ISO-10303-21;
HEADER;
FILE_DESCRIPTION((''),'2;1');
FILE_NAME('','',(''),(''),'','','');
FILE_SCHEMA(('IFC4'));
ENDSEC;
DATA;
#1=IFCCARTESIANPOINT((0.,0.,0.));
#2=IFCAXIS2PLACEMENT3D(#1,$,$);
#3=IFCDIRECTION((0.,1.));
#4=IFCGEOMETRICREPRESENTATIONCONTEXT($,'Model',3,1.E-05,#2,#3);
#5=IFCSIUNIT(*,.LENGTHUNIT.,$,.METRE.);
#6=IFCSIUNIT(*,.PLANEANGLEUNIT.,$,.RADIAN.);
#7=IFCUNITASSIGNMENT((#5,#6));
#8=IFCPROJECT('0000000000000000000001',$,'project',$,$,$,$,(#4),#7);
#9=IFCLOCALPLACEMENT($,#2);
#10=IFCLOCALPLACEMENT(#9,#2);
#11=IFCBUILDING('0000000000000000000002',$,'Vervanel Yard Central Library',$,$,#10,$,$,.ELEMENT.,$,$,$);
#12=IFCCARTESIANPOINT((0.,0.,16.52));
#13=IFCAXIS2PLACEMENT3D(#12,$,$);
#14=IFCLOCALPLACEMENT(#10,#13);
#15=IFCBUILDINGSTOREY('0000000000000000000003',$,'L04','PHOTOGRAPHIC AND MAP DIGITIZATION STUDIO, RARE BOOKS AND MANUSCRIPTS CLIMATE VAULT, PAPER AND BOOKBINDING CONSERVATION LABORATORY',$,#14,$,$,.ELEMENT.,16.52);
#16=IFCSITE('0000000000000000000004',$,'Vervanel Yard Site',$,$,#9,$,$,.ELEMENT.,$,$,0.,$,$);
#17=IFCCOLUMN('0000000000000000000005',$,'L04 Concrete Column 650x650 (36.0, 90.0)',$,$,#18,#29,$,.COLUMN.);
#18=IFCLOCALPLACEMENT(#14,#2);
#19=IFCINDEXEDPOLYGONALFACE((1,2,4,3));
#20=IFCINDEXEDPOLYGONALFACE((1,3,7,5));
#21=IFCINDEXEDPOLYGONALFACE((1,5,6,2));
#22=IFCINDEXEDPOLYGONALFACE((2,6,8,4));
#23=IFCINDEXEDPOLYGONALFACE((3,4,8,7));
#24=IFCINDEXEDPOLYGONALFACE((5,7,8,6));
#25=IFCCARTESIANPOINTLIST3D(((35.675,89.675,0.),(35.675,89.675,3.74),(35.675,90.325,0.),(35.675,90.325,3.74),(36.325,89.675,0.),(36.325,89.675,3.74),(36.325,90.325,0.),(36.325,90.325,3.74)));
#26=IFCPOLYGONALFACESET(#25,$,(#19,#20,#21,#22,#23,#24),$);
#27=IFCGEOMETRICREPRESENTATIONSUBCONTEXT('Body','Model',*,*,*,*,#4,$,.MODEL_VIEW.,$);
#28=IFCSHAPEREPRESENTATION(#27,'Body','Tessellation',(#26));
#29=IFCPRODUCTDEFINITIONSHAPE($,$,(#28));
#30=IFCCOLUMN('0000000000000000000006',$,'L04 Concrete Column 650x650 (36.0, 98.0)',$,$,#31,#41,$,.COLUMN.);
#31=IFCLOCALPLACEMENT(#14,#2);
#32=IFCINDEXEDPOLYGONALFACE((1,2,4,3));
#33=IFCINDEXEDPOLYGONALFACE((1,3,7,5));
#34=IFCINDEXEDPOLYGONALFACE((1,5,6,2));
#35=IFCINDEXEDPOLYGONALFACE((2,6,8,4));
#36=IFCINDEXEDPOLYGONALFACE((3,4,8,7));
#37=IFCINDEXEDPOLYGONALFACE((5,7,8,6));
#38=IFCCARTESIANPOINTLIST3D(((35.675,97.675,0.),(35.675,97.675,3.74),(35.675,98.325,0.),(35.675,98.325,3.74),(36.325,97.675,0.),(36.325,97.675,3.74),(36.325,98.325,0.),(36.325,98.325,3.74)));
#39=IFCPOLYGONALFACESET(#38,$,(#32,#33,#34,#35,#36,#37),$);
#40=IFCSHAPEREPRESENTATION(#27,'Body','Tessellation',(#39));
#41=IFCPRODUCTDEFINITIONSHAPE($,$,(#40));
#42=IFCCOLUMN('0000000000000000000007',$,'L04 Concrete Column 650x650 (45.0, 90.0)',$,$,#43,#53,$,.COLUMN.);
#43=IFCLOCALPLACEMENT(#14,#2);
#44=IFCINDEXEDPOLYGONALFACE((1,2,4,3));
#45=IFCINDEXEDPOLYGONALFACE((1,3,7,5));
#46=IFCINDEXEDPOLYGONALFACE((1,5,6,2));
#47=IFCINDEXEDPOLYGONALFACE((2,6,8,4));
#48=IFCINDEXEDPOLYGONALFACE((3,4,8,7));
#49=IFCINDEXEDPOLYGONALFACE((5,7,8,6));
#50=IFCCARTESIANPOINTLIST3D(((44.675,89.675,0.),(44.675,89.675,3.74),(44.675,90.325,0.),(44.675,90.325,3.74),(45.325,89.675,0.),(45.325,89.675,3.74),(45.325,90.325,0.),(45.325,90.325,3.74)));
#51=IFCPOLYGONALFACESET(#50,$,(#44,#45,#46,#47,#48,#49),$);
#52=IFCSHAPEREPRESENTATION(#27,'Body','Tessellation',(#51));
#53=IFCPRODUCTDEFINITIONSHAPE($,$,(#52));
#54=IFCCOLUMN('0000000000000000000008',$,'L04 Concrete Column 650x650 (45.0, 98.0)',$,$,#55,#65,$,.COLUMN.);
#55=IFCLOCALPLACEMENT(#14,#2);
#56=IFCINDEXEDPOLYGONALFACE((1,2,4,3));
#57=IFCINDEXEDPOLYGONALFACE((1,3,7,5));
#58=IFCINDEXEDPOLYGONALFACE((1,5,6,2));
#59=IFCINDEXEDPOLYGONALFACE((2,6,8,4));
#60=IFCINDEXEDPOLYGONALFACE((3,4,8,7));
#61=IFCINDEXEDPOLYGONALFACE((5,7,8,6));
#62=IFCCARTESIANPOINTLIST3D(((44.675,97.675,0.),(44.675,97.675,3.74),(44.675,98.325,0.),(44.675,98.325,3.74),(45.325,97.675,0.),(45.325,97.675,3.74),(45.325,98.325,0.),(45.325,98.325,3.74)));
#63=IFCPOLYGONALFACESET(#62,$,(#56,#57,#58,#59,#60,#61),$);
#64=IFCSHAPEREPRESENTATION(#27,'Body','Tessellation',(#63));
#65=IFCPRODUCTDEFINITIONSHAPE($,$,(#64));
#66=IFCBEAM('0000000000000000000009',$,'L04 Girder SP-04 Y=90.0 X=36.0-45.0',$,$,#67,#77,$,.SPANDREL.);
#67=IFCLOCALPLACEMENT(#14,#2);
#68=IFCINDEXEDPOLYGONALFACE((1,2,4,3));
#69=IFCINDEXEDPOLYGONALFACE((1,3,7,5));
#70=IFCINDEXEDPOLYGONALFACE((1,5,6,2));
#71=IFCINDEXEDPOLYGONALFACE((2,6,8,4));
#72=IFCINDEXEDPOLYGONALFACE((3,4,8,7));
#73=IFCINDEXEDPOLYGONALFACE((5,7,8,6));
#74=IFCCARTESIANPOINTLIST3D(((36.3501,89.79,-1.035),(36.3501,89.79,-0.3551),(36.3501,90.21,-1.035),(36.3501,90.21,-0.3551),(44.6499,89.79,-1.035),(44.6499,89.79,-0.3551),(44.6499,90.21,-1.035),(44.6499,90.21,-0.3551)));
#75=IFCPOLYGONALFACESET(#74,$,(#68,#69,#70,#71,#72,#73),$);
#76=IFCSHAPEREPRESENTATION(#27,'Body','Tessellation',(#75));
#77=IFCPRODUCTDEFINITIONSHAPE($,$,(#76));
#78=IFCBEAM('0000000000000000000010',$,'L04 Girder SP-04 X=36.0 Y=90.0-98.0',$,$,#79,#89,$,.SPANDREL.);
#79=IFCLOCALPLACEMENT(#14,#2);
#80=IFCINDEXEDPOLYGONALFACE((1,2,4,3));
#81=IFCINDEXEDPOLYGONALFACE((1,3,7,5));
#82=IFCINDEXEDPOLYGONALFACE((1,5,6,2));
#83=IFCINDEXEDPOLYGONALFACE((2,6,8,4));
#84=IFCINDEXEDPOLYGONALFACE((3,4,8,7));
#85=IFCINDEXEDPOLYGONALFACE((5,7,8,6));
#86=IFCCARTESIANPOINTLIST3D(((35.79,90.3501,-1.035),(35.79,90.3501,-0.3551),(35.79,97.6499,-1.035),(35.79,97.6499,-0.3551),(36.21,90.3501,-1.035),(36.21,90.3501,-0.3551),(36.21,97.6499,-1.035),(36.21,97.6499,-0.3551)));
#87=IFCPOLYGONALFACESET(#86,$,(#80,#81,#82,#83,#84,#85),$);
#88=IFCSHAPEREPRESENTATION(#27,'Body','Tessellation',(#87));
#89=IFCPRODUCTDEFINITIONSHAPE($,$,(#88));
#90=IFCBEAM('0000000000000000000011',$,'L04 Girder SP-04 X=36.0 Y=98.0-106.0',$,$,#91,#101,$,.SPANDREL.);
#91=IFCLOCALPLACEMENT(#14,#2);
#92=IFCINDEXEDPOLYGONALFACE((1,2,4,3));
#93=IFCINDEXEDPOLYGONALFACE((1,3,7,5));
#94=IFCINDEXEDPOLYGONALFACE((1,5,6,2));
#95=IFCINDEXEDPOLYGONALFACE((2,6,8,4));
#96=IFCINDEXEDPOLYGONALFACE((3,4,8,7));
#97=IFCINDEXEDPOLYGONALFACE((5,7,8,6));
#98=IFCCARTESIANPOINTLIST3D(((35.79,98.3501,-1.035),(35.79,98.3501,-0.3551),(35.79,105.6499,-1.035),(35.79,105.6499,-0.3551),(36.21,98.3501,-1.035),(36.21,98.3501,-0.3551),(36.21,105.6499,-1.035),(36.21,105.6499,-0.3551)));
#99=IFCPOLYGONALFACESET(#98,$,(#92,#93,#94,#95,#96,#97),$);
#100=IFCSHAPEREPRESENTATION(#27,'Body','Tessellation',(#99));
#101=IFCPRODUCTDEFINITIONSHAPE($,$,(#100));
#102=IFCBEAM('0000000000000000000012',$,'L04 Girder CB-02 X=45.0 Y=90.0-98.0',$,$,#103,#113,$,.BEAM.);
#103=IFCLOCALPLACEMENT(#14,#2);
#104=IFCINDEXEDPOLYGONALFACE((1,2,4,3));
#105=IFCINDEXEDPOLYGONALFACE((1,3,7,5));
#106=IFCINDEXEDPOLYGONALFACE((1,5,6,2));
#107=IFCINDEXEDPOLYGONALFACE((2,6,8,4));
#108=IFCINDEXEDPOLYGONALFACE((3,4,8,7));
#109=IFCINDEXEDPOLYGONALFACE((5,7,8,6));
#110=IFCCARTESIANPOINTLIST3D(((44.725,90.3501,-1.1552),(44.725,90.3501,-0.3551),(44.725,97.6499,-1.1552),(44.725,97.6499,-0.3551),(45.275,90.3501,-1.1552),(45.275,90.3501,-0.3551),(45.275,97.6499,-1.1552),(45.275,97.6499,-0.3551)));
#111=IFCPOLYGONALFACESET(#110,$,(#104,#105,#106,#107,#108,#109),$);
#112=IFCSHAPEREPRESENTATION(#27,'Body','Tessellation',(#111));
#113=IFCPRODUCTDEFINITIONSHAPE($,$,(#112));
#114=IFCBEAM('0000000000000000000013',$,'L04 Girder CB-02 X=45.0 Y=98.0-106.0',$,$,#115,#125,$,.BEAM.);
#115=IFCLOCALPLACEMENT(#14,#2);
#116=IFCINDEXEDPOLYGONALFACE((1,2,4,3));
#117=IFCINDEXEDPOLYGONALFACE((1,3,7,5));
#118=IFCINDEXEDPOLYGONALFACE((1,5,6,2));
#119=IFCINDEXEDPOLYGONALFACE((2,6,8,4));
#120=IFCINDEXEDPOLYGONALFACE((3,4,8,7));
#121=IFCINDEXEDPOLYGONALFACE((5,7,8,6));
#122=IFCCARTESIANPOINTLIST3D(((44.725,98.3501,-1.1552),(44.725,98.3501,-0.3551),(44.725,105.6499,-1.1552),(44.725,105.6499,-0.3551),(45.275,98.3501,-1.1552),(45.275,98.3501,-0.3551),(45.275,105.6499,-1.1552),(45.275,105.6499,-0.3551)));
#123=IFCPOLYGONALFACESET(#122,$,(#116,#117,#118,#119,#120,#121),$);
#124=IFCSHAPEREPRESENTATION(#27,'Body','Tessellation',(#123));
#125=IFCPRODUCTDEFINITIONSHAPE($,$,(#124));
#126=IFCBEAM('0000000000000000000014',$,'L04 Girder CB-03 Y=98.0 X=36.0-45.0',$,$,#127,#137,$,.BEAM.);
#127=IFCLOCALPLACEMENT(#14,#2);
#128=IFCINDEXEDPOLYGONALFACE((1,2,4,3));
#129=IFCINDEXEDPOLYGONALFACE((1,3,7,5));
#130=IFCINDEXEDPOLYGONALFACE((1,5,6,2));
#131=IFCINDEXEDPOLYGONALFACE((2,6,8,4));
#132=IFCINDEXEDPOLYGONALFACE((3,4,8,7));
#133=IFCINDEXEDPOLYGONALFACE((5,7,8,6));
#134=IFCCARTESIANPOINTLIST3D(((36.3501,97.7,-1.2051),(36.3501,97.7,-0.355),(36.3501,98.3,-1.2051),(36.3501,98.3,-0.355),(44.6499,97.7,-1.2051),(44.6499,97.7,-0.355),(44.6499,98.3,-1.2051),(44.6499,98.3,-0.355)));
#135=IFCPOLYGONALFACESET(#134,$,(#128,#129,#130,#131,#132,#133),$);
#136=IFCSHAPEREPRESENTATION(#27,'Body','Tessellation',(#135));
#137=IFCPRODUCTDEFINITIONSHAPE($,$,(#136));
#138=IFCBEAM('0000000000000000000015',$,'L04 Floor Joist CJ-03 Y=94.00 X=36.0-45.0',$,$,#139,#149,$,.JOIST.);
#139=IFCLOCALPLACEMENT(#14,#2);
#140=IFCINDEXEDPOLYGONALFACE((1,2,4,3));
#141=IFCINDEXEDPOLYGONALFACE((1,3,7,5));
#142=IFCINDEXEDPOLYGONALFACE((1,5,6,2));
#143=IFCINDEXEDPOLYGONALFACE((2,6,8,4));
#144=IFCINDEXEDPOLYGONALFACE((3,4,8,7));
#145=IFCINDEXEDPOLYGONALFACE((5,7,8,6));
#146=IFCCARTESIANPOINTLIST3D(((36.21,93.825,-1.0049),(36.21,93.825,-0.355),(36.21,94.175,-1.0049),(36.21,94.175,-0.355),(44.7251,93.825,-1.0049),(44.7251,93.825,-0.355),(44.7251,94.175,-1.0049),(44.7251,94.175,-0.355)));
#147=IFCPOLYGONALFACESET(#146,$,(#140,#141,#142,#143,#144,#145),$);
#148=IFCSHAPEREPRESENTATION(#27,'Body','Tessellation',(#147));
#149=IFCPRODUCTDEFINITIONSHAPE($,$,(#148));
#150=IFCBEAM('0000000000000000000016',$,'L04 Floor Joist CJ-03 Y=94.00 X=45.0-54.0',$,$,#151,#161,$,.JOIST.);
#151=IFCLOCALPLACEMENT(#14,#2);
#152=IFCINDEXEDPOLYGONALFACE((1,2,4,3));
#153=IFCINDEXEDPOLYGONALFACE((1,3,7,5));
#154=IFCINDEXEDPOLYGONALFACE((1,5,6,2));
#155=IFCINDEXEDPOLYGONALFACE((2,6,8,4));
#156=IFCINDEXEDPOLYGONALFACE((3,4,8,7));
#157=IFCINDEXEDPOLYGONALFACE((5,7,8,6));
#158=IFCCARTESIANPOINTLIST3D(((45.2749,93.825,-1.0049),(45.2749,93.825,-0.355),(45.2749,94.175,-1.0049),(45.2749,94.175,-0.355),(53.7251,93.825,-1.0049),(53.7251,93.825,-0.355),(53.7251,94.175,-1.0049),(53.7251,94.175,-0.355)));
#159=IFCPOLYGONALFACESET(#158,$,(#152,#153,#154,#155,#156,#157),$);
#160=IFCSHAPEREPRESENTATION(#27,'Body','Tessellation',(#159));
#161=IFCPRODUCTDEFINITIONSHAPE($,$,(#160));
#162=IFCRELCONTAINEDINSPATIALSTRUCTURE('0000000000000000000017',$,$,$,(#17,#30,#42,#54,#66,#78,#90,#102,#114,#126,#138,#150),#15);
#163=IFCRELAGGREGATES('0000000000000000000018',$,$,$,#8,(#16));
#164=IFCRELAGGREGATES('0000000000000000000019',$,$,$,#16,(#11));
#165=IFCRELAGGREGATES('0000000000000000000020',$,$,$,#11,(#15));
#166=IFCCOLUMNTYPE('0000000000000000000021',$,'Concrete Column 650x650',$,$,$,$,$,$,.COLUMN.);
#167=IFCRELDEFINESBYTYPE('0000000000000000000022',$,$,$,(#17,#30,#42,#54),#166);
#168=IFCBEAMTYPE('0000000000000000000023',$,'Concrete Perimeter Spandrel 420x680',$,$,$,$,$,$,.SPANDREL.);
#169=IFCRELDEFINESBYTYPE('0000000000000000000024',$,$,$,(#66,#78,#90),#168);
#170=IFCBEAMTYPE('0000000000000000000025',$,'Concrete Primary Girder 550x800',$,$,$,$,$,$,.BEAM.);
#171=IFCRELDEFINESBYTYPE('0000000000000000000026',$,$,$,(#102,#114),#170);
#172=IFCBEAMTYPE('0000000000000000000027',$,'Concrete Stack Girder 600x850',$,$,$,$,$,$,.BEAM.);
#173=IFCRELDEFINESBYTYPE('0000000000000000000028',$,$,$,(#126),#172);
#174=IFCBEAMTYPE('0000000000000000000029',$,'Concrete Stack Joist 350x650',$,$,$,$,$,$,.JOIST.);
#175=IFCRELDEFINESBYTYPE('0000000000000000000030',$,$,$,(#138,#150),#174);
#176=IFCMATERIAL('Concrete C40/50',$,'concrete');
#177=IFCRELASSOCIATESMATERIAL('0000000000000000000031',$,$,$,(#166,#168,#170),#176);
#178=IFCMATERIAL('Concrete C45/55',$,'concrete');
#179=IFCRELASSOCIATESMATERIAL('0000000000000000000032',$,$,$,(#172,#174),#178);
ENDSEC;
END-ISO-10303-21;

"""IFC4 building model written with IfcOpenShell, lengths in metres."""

from ifc_helpers import new_model, si_unit, direction, frame, origin, origin_2d, place, context, subcontext, project, spatial, rectangle, extrude, material, material_profile, profile_set, type_object, element, save


model = new_model("IFC4")

# Units and contexts
model_context = context("Model", 3, precision=1e-05, world=origin(), true_north=direction((0.0, 1.0)))
body_context = subcontext(model_context, "Body", "Model", "MODEL_VIEW")
ifc_project = project(units=[si_unit("LENGTHUNIT", "METRE"), si_unit("PLANEANGLEUNIT", "RADIAN")], contexts=[model_context])

# Site, building, storey
site_placement = place(None, origin())
site = spatial("IfcSite", under=ifc_project, at=site_placement, Name="Vervanel Yard Site", CompositionType="ELEMENT", RefElevation=0.0)
building_placement = place(site_placement, origin())
building = spatial("IfcBuilding", under=site, at=building_placement, Name="Vervanel Yard Central Library", CompositionType="ELEMENT")
storey_placement = place(building_placement, frame((0.0, 0.0, 16.52)))
storey = spatial("IfcBuildingStorey", under=building, at=storey_placement, Name="L04", Description="PHOTOGRAPHIC AND MAP DIGITIZATION STUDIO, RARE BOOKS AND MANUSCRIPTS CLIMATE VAULT, PAPER AND BOOKBINDING CONSERVATION LABORATORY", CompositionType="ELEMENT", Elevation=16.52)

# Columns
ifc_material_1 = material(Name="Concrete C40/50", Category="concrete")
ifc_material_profile_1 = material_profile(ifc_material_1, rectangle(XDim=0.6499, YDim=0.6499, at=origin_2d()), Name="RC 650x650", Category="concrete")
ifc_profile_set_1 = profile_set([ifc_material_profile_1], Name="Concrete C40/50")
column_type = type_object("IfcColumnType", Name="Concrete Column 650x650", PredefinedType="COLUMN", material=ifc_profile_set_1)
for number, where, z_axis, x_axis, name in (
    (1, (36.0, 90.0, 0.0), (0.0, 0.0, 1.0), (1.0, 0.0, 0.0), "L04 Concrete Column 650x650 (36.0, 90.0)"),
    (2, (36.0, 98.0, 0.0), (0.0, 0.0, 1.0), (1.0, 0.0, 0.0), "L04 Concrete Column 650x650 (36.0, 98.0)"),
    (3, (45.0, 90.0, 0.0), (0.0, 0.0, 1.0), (1.0, 0.0, 0.0), "L04 Concrete Column 650x650 (45.0, 90.0)"),
    (4, (45.0, 98.0, 0.0), (0.0, 0.0, 1.0), (1.0, 0.0, 0.0), "L04 Concrete Column 650x650 (45.0, 98.0)"),
):
    element("IfcColumn", number, at=place(storey_placement, frame(where, z_axis=z_axis, x_axis=x_axis)), inside=storey, type_object=column_type, Name=name, PredefinedType="COLUMN", context=body_context, shape_type="SweptSolid", body=[
        extrude(rectangle(XDim=0.6499, YDim=0.6499, at=origin_2d()), origin(), (0.0, 0.0, 1.0), 3.74),
    ])

# Beams
ifc_material_profile_2 = material_profile(ifc_material_1, rectangle(XDim=0.4199, YDim=0.6799, at=origin_2d()), Name="RC 420x680", Category="concrete")
ifc_profile_set_2 = profile_set([ifc_material_profile_2], Name="Concrete C40/50")
beam_type_1 = type_object("IfcBeamType", Name="Concrete Perimeter Spandrel 420x680", PredefinedType="SPANDREL", material=ifc_profile_set_2)
beam_1_placement = place(storey_placement, frame((36.3501, 90.0, -0.6951), z_axis=(1.0, 0.0, 0.0), x_axis=(0.0, 1.0, 0.0)))
element("IfcBeam", 5, at=beam_1_placement, inside=storey, type_object=beam_type_1, Name="L04 Girder SP-04 Y=90.0 X=36.0-45.0", PredefinedType="SPANDREL", context=body_context, shape_type="SweptSolid", body=[
    extrude(rectangle(XDim=0.4199, YDim=0.6799, at=origin_2d()), origin(), (0.0, 0.0, 1.0), 8.2998),
])
for number, where, z_axis, x_axis, name in (
    (6, (36.0, 90.3501, -0.6951), (0.0, 1.0, 0.0), (-1.0, 0.0, 0.0), "L04 Girder SP-04 X=36.0 Y=90.0-98.0"),
    (7, (36.0, 98.3501, -0.6951), (0.0, 1.0, 0.0), (-1.0, 0.0, 0.0), "L04 Girder SP-04 X=36.0 Y=98.0-106.0"),
):
    element("IfcBeam", number, at=place(storey_placement, frame(where, z_axis=z_axis, x_axis=x_axis)), inside=storey, type_object=beam_type_1, Name=name, PredefinedType="SPANDREL", context=body_context, shape_type="SweptSolid", body=[
        extrude(rectangle(XDim=0.4199, YDim=0.6799, at=origin_2d()), origin(), (0.0, 0.0, 1.0), 7.2998),
    ])
ifc_material_profile_3 = material_profile(ifc_material_1, rectangle(XDim=0.55, YDim=0.8, at=origin_2d()), Name="RC 550x800", Category="concrete")
ifc_profile_set_3 = profile_set([ifc_material_profile_3], Name="Concrete C40/50")
beam_type_2 = type_object("IfcBeamType", Name="Concrete Primary Girder 550x800", PredefinedType="BEAM", material=ifc_profile_set_3)
for number, where, z_axis, x_axis, name in (
    (8, (45.0, 90.3501, -0.7551), (0.0, 1.0, 0.0), (-1.0, 0.0, 0.0), "L04 Girder CB-02 X=45.0 Y=90.0-98.0"),
    (9, (45.0, 98.3501, -0.7551), (0.0, 1.0, 0.0), (-1.0, 0.0, 0.0), "L04 Girder CB-02 X=45.0 Y=98.0-106.0"),
):
    element("IfcBeam", number, at=place(storey_placement, frame(where, z_axis=z_axis, x_axis=x_axis)), inside=storey, type_object=beam_type_2, Name=name, PredefinedType="BEAM", context=body_context, shape_type="SweptSolid", body=[
        extrude(rectangle(XDim=0.55, YDim=0.8, at=origin_2d()), origin(), (0.0, 0.0, 1.0), 7.2998),
    ])
ifc_material_2 = material(Name="Concrete C45/55", Category="concrete")
ifc_material_profile_4 = material_profile(ifc_material_2, rectangle(XDim=0.6001, YDim=0.8501, at=origin_2d()), Name="RC 600x850", Category="concrete")
ifc_profile_set_4 = profile_set([ifc_material_profile_4], Name="Concrete C45/55")
beam_type_3 = type_object("IfcBeamType", Name="Concrete Stack Girder 600x850", PredefinedType="BEAM", material=ifc_profile_set_4)
beam_2_placement = place(storey_placement, frame((36.3501, 98.0, -0.78), z_axis=(1.0, 0.0, 0.0), x_axis=(0.0, 1.0, 0.0)))
element("IfcBeam", 10, at=beam_2_placement, inside=storey, type_object=beam_type_3, Name="L04 Girder CB-03 Y=98.0 X=36.0-45.0", PredefinedType="BEAM", context=body_context, shape_type="SweptSolid", body=[
    extrude(rectangle(XDim=0.6001, YDim=0.8501, at=origin_2d()), origin(), (0.0, 0.0, 1.0), 8.2998),
])
ifc_material_profile_5 = material_profile(ifc_material_2, rectangle(XDim=0.3501, YDim=0.6499, at=origin_2d()), Name="RC 350x650", Category="concrete")
ifc_profile_set_5 = profile_set([ifc_material_profile_5], Name="Concrete C45/55")
beam_type_4 = type_object("IfcBeamType", Name="Concrete Stack Joist 350x650", PredefinedType="JOIST", material=ifc_profile_set_5)
beam_3_placement = place(storey_placement, frame((36.21, 94.0, -0.6799), z_axis=(1.0, 0.0, 0.0), x_axis=(0.0, 1.0, 0.0)))
element("IfcBeam", 11, at=beam_3_placement, inside=storey, type_object=beam_type_4, Name="L04 Floor Joist CJ-03 Y=94.00 X=36.0-45.0", PredefinedType="JOIST", context=body_context, shape_type="SweptSolid", body=[
    extrude(rectangle(XDim=0.3501, YDim=0.6499, at=origin_2d()), origin(), (0.0, 0.0, 1.0), 8.5151),
])
beam_4_placement = place(storey_placement, frame((45.2749, 94.0, -0.6799), z_axis=(1.0, 0.0, 0.0), x_axis=(0.0, 1.0, 0.0)))
element("IfcBeam", 12, at=beam_4_placement, inside=storey, type_object=beam_type_4, Name="L04 Floor Joist CJ-03 Y=94.00 X=45.0-54.0", PredefinedType="JOIST", context=body_context, shape_type="SweptSolid", body=[
    extrude(rectangle(XDim=0.3501, YDim=0.6499, at=origin_2d()), origin(), (0.0, 0.0, 1.0), 8.4502),
])

save(model, "model.ifc")
